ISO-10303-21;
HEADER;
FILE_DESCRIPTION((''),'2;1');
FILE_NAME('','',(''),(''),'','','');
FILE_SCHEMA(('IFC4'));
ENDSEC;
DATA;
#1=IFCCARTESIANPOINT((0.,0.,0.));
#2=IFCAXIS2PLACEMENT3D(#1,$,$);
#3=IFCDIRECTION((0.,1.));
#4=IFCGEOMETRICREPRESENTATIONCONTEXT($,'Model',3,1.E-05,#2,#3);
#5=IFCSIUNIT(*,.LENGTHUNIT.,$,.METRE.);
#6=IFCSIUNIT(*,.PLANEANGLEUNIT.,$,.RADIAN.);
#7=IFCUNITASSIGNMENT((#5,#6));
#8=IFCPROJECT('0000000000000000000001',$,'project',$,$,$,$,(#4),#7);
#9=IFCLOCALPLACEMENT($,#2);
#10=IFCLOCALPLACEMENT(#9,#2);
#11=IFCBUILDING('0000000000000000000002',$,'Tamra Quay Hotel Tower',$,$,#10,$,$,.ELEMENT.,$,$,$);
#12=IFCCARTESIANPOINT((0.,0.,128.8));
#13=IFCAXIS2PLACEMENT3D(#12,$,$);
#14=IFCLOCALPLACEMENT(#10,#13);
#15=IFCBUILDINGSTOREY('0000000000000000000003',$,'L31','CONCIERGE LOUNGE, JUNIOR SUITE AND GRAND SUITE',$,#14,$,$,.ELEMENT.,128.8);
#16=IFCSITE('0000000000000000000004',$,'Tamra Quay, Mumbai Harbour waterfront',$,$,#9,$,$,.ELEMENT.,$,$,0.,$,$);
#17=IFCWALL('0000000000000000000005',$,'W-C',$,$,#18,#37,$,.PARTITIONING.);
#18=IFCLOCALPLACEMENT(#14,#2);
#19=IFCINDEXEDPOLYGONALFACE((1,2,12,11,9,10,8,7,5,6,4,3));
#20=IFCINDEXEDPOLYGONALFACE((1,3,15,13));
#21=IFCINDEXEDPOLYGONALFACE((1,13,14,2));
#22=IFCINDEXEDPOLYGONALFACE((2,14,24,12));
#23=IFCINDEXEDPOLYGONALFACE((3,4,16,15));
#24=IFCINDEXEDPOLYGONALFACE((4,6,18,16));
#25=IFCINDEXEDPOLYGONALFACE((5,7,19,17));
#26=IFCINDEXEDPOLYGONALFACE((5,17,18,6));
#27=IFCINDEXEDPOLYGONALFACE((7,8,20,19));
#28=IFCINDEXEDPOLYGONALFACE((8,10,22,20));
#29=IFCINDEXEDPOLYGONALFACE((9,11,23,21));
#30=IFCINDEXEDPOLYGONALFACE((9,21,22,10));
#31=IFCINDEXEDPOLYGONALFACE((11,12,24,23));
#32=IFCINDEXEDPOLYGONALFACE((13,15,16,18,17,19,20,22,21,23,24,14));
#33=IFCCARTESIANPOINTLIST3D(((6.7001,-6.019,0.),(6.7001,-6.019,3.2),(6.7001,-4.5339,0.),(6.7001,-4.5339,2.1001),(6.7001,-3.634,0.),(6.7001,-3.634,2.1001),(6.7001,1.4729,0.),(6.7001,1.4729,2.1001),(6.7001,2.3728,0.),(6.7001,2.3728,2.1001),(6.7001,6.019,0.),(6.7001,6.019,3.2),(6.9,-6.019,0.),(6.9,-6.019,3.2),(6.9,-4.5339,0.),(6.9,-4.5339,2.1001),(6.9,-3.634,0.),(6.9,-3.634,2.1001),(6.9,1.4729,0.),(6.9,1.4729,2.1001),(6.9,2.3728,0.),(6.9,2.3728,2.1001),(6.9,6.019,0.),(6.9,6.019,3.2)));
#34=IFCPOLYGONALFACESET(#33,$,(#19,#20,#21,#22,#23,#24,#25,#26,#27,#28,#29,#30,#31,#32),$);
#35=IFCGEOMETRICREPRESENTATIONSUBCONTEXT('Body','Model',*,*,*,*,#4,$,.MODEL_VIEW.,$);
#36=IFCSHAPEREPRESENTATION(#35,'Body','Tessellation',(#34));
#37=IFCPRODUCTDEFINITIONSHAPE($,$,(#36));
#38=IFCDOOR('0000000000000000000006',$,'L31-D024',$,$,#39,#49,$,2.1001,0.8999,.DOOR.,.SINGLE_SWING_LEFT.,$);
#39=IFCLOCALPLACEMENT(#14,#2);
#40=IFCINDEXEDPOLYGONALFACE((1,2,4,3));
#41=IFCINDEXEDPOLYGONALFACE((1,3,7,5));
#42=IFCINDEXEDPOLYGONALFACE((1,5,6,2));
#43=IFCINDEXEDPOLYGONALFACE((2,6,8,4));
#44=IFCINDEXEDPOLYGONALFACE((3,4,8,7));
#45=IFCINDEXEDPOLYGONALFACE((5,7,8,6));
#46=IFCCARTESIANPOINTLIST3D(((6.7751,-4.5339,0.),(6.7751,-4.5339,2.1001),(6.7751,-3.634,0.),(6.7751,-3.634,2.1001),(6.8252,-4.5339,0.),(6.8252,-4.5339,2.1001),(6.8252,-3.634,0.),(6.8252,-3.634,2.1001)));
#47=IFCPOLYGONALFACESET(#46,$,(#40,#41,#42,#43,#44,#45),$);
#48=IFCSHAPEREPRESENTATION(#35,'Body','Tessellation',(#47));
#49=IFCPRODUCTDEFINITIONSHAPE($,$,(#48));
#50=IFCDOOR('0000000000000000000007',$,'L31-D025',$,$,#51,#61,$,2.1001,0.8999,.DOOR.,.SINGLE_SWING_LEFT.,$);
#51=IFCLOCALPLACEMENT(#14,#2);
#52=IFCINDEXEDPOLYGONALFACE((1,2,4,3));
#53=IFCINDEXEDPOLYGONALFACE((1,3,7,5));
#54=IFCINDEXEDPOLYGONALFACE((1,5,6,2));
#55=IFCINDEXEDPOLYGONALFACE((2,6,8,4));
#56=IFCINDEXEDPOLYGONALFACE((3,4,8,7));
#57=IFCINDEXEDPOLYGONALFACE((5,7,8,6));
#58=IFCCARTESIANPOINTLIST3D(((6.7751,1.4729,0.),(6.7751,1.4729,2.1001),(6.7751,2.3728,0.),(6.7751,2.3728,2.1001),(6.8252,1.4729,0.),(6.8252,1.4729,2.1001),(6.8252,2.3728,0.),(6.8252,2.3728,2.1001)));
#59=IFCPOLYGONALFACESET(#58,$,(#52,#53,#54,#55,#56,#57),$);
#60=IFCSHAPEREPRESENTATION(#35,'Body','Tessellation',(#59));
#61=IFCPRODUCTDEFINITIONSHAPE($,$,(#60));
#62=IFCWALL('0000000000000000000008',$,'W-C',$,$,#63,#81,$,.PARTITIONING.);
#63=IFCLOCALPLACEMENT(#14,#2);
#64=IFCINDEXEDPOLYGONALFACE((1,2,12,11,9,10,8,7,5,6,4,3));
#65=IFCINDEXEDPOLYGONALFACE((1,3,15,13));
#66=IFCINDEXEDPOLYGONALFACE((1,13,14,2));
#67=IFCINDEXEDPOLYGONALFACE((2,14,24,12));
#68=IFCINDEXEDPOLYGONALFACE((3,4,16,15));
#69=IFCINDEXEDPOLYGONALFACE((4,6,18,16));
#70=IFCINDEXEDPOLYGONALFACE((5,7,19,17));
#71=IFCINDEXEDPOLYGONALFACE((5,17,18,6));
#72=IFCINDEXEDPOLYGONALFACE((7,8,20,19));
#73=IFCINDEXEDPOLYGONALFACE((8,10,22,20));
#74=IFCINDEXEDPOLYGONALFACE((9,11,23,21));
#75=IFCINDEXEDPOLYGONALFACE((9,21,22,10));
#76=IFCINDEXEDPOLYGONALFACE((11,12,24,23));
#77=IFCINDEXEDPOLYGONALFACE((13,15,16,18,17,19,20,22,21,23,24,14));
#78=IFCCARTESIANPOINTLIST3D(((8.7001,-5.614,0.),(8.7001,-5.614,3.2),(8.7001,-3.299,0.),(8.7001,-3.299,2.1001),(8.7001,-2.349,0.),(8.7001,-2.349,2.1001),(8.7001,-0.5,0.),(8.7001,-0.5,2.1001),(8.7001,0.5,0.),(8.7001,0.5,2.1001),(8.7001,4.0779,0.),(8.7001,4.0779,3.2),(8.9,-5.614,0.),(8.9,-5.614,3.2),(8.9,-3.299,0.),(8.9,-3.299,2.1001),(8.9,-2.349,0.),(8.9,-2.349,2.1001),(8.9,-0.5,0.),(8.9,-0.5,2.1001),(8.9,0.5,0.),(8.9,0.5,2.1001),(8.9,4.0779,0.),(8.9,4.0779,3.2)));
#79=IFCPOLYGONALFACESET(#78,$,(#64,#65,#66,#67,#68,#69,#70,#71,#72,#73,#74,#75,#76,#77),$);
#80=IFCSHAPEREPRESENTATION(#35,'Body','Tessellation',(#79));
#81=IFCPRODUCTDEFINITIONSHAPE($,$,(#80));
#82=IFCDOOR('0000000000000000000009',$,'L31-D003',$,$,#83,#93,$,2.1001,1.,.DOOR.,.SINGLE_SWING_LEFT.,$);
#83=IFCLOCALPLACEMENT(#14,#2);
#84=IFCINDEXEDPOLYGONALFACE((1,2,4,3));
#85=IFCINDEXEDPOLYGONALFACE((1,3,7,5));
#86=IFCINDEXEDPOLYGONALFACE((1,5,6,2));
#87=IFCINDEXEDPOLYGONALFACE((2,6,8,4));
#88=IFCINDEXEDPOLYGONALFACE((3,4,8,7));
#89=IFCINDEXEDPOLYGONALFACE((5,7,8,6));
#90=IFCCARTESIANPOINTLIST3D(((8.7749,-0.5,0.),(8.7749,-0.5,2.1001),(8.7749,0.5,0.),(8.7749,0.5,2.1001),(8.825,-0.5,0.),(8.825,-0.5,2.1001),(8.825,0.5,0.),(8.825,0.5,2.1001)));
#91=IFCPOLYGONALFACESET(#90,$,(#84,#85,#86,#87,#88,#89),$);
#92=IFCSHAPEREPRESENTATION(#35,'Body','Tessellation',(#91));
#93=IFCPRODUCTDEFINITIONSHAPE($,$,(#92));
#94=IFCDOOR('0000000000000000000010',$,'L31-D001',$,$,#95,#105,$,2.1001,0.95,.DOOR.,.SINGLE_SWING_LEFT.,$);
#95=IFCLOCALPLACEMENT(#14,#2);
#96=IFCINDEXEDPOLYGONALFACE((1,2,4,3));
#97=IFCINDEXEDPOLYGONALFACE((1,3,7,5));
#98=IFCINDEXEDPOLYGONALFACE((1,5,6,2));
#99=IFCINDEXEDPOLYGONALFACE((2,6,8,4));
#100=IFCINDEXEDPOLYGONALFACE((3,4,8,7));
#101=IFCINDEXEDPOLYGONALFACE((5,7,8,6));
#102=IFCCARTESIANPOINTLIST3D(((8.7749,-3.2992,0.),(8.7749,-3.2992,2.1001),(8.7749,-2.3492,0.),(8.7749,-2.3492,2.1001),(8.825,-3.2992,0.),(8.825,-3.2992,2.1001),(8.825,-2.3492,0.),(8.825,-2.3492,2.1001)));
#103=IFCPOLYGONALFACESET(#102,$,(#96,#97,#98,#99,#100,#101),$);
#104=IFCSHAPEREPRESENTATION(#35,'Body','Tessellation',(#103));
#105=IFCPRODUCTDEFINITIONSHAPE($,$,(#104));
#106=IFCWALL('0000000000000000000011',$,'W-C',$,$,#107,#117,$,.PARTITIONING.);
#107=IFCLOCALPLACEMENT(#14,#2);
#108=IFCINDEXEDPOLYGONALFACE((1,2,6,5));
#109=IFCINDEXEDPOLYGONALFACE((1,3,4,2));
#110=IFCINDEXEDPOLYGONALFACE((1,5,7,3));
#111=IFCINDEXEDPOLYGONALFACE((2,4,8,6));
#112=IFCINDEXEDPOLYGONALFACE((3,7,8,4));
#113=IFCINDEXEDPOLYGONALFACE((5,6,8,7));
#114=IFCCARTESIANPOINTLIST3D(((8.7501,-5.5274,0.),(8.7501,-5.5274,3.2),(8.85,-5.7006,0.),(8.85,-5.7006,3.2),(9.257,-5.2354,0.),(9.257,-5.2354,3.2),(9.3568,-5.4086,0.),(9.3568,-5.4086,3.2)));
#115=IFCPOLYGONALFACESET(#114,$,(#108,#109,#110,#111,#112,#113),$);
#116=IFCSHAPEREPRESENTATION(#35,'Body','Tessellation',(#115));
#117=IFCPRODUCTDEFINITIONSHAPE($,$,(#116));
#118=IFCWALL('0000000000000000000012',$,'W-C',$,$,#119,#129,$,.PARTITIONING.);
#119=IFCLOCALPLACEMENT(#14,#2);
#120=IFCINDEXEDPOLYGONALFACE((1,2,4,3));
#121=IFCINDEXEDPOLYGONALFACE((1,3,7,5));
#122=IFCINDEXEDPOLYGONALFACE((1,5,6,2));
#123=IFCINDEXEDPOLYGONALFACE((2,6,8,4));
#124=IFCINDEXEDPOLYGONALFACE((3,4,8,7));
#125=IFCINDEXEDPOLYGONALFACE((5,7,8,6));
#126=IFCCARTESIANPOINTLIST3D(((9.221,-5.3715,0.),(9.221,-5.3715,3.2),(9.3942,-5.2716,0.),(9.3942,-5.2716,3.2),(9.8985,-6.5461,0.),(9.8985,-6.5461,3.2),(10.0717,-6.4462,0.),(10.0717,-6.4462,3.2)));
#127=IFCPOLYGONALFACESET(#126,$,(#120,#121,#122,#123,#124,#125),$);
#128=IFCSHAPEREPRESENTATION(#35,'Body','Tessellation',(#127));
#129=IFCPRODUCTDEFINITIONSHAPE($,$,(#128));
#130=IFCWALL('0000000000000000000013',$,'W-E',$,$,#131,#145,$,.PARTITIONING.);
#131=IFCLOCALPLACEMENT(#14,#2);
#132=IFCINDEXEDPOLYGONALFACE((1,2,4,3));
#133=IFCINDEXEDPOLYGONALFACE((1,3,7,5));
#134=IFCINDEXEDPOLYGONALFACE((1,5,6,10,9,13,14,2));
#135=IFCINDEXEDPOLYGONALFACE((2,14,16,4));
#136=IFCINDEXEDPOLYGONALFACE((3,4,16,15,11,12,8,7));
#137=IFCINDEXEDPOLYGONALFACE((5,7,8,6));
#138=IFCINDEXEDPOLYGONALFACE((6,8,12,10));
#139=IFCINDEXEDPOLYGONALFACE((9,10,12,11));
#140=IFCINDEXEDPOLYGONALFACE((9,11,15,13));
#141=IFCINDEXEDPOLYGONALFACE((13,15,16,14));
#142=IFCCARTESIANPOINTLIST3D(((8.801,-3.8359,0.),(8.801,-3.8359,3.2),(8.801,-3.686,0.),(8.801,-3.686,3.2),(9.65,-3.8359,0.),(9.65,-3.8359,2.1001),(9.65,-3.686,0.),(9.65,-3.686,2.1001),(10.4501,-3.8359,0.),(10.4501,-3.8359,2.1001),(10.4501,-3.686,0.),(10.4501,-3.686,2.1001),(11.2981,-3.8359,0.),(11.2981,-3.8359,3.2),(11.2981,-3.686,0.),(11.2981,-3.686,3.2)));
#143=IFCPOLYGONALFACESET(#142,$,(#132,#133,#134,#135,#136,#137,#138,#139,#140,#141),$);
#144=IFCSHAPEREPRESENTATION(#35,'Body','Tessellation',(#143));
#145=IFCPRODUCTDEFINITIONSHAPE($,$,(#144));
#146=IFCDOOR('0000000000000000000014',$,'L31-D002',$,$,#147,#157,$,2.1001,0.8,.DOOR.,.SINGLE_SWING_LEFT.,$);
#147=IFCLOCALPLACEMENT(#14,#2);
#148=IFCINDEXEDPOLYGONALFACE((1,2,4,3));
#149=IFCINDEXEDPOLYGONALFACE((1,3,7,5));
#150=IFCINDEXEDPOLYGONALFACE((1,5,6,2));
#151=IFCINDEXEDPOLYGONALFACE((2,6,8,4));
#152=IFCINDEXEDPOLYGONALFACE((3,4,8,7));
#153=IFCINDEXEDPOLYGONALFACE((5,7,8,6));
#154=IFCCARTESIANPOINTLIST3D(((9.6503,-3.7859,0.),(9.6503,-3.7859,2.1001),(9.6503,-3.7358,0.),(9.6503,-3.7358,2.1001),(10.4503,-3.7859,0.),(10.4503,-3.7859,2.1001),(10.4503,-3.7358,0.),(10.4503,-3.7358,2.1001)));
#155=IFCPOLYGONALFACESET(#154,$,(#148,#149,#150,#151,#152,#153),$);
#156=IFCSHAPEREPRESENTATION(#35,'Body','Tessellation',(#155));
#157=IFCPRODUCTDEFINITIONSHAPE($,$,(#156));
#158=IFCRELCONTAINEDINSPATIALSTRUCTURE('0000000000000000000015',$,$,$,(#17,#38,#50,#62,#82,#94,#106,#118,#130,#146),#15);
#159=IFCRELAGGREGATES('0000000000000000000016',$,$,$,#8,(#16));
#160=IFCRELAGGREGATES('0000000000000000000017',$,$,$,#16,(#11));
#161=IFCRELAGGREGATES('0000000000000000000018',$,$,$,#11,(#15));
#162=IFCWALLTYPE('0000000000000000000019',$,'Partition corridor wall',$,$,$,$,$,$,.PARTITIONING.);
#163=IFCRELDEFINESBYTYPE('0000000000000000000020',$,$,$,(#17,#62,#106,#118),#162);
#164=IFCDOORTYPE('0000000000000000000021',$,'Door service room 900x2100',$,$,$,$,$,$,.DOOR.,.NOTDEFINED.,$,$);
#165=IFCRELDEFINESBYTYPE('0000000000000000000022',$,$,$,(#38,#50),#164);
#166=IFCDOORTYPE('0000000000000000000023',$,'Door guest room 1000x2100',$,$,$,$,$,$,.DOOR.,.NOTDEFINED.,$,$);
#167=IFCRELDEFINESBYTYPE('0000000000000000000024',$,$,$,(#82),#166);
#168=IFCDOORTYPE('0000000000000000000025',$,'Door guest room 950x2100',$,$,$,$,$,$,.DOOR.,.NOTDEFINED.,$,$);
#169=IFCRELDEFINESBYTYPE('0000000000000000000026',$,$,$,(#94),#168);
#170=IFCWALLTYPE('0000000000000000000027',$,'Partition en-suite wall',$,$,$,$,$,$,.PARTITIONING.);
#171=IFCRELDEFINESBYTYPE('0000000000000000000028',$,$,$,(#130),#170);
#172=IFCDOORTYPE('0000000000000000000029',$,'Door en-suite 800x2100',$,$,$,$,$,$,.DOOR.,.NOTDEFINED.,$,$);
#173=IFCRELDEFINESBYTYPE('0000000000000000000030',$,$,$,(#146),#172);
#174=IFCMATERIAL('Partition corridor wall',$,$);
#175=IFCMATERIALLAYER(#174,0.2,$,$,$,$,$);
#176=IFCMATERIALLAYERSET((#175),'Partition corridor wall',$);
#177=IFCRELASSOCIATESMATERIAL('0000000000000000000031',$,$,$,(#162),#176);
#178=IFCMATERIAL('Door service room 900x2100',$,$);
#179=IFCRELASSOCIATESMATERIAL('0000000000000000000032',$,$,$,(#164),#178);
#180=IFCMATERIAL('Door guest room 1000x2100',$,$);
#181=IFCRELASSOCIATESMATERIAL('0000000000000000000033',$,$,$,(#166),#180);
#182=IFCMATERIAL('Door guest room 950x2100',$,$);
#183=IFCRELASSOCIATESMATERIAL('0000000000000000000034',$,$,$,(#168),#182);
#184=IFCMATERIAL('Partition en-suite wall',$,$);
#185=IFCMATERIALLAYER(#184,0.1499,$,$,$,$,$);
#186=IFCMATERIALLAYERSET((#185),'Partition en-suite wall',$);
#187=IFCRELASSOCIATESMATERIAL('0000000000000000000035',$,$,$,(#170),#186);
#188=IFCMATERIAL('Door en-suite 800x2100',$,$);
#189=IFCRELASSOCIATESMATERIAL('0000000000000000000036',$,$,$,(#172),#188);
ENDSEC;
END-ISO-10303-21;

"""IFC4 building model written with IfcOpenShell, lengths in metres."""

from ifc_helpers import new_model, si_unit, direction, frame, frame_2d, origin, place, context, subcontext, project, spatial, rectangle, extrude, material, layer, layer_set, type_object, element, fill, save


model = new_model("IFC4")

# Units and contexts
model_context = context("Model", 3, precision=1e-05, world=origin(), true_north=direction((0.0, 1.0)))
body_context = subcontext(model_context, "Body", "Model", "MODEL_VIEW")
ifc_project = project(units=[si_unit("LENGTHUNIT", "METRE"), si_unit("PLANEANGLEUNIT", "RADIAN")], contexts=[model_context])

# Site, building, storey
site_placement = place(None, origin())
site = spatial("IfcSite", under=ifc_project, at=site_placement, Name="Tamra Quay, Mumbai Harbour waterfront", CompositionType="ELEMENT", RefElevation=0.0)
building_placement = place(site_placement, origin())
building = spatial("IfcBuilding", under=site, at=building_placement, Name="Tamra Quay Hotel Tower", CompositionType="ELEMENT")
storey_placement = place(building_placement, frame((0.0, 0.0, 128.8)))
storey = spatial("IfcBuildingStorey", under=building, at=storey_placement, Name="L31", Description="CONCIERGE LOUNGE, JUNIOR SUITE AND GRAND SUITE", CompositionType="ELEMENT", Elevation=128.8)

# Shared definitions
ifc_material_1 = material(Name="Partition corridor wall")
ifc_layer_1 = layer(ifc_material_1, 0.2)
ifc_layer_set_1 = layer_set([ifc_layer_1], Name="Partition corridor wall")
wall_type_1 = type_object("IfcWallType", Name="Partition corridor wall", PredefinedType="PARTITIONING", material=ifc_layer_set_1)

# Walls, openings, doors
wall_1_placement = place(storey_placement, frame((6.8, -6.019, 0.0), z_axis=(0.0, 0.0, 1.0), x_axis=(0.0, 1.0, 0.0)))
wall_1 = element("IfcWall", 1, at=wall_1_placement, inside=storey, type_object=wall_type_1, Name="W-C", PredefinedType="PARTITIONING", context=body_context, shape_type="SweptSolid", body=[
    extrude(rectangle(XDim=12.0381, YDim=0.2, at=frame_2d((6.019, 0.0))), origin(), (0.0, 0.0, 1.0), 3.2),
])
opening_1_placement = place(wall_1_placement, frame((1.4851, 0.0, 0.0)))
opening_1 = element("IfcOpeningElement", 2, at=opening_1_placement, cuts=wall_1, PredefinedType="OPENING", context=body_context, shape_type="SweptSolid", body=[
    extrude(rectangle(XDim=0.8999, YDim=2.1001, at=frame_2d((0.45, 1.05))), frame((0.0, 0.1099, 0.0), z_axis=(0.0, -1.0, 0.0), x_axis=(1.0, 0.0, 0.0)), (0.0, 0.0, 1.0), 0.22),
])
opening_2_placement = place(wall_1_placement, frame((7.4919, 0.0, 0.0)))
opening_2 = element("IfcOpeningElement", 3, at=opening_2_placement, cuts=wall_1, PredefinedType="OPENING", context=body_context, shape_type="SweptSolid", body=[
    extrude(rectangle(XDim=0.8999, YDim=2.1001, at=frame_2d((0.45, 1.05))), frame((0.0, 0.1099, 0.0), z_axis=(0.0, -1.0, 0.0), x_axis=(1.0, 0.0, 0.0)), (0.0, 0.0, 1.0), 0.22),
])
ifc_material_2 = material(Name="Door service room 900x2100")
door_type_1 = type_object("IfcDoorType", Name="Door service room 900x2100", OperationType="NOTDEFINED", PredefinedType="DOOR", material=ifc_material_2)
door_1_placement = place(opening_1_placement, origin())
door_1 = element("IfcDoor", 4, at=door_1_placement, inside=storey, type_object=door_type_1, Name="L31-D024", OperationType="SINGLE_SWING_LEFT", OverallHeight=2.1001, OverallWidth=0.8999, PredefinedType="DOOR", context=body_context, shape_type="SweptSolid", body=[
    extrude(rectangle(XDim=0.8999, YDim=2.1001, at=frame_2d((0.45, 1.05))), frame((0.0, 0.0249, 0.0), z_axis=(0.0, -1.0, 0.0), x_axis=(1.0, 0.0, 0.0)), (0.0, 0.0, 1.0), 0.05),
])
fill(opening_1, door_1)
door_2_placement = place(opening_2_placement, origin())
door_2 = element("IfcDoor", 5, at=door_2_placement, inside=storey, type_object=door_type_1, Name="L31-D025", OperationType="SINGLE_SWING_LEFT", OverallHeight=2.1001, OverallWidth=0.8999, PredefinedType="DOOR", context=body_context, shape_type="SweptSolid", body=[
    extrude(rectangle(XDim=0.8999, YDim=2.1001, at=frame_2d((0.45, 1.05))), frame((0.0, 0.0249, 0.0), z_axis=(0.0, -1.0, 0.0), x_axis=(1.0, 0.0, 0.0)), (0.0, 0.0, 1.0), 0.05),
])
fill(opening_2, door_2)
wall_2_placement = place(storey_placement, frame((8.8, -5.614, 0.0), z_axis=(0.0, 0.0, 1.0), x_axis=(0.0, 1.0, 0.0)))
wall_2 = element("IfcWall", 6, at=wall_2_placement, inside=storey, type_object=wall_type_1, Name="W-C", PredefinedType="PARTITIONING", context=body_context, shape_type="SweptSolid", body=[
    extrude(rectangle(XDim=9.6919, YDim=0.2, at=frame_2d((4.8459, 0.0))), origin(), (0.0, 0.0, 1.0), 3.2),
])
opening_3_placement = place(wall_2_placement, frame((2.3149, 0.0, 0.0)))
opening_3 = element("IfcOpeningElement", 7, at=opening_3_placement, cuts=wall_2, PredefinedType="OPENING", context=body_context, shape_type="SweptSolid", body=[
    extrude(rectangle(XDim=0.95, YDim=2.1001, at=frame_2d((0.4751, 1.05))), frame((0.0, 0.1099, 0.0), z_axis=(0.0, -1.0, 0.0), x_axis=(1.0, 0.0, 0.0)), (0.0, 0.0, 1.0), 0.22),
])
opening_4_placement = place(wall_2_placement, frame((5.114, 0.0, 0.0)))
opening_4 = element("IfcOpeningElement", 8, at=opening_4_placement, cuts=wall_2, PredefinedType="OPENING", context=body_context, shape_type="SweptSolid", body=[
    extrude(rectangle(XDim=1.0, YDim=2.1001, at=frame_2d((0.5, 1.05))), frame((0.0, 0.1099, 0.0), z_axis=(0.0, -1.0, 0.0), x_axis=(1.0, 0.0, 0.0)), (0.0, 0.0, 1.0), 0.22),
])
ifc_material_3 = material(Name="Door guest room 1000x2100")
door_type_2 = type_object("IfcDoorType", Name="Door guest room 1000x2100", OperationType="NOTDEFINED", PredefinedType="DOOR", material=ifc_material_3)
door_3_placement = place(opening_4_placement, frame((1.0, 0.0, 0.0), z_axis=(0.0, 0.0, 1.0), x_axis=(-1.0, 0.0, 0.0)))
door_3 = element("IfcDoor", 9, at=door_3_placement, inside=storey, type_object=door_type_2, Name="L31-D003", OperationType="SINGLE_SWING_LEFT", OverallHeight=2.1001, OverallWidth=1.0, PredefinedType="DOOR", context=body_context, shape_type="SweptSolid", body=[
    extrude(rectangle(XDim=1.0, YDim=2.1001, at=frame_2d((0.5, 1.05))), frame((0.0, 0.0249, 0.0), z_axis=(0.0, -1.0, 0.0), x_axis=(1.0, 0.0, 0.0)), (0.0, 0.0, 1.0), 0.05),
])
fill(opening_4, door_3)
ifc_material_4 = material(Name="Door guest room 950x2100")
door_type_3 = type_object("IfcDoorType", Name="Door guest room 950x2100", OperationType="NOTDEFINED", PredefinedType="DOOR", material=ifc_material_4)
door_4_placement = place(opening_3_placement, frame((0.95, 0.0, 0.0), z_axis=(0.0, 0.0, 1.0), x_axis=(-1.0, 0.0, 0.0)))
door_4 = element("IfcDoor", 10, at=door_4_placement, inside=storey, type_object=door_type_3, Name="L31-D001", OperationType="SINGLE_SWING_LEFT", OverallHeight=2.1001, OverallWidth=0.95, PredefinedType="DOOR", context=body_context, shape_type="SweptSolid", body=[
    extrude(rectangle(XDim=0.95, YDim=2.1001, at=frame_2d((0.4751, 1.05))), frame((0.0, 0.0249, 0.0), z_axis=(0.0, -1.0, 0.0), x_axis=(1.0, 0.0, 0.0)), (0.0, 0.0, 1.0), 0.05),
])
fill(opening_3, door_4)

# Walls
wall_3_placement = place(storey_placement, frame((8.8, -5.614, 0.0), z_axis=(0.0, 0.0, 1.0), x_axis=(0.866491, 0.499192, 0.0)))
element("IfcWall", 11, at=wall_3_placement, inside=storey, type_object=wall_type_1, Name="W-C", PredefinedType="PARTITIONING", context=body_context, shape_type="SweptSolid", body=[
    extrude(rectangle(XDim=0.585, YDim=0.2, at=frame_2d((0.2925, 0.0))), origin(), (0.0, 0.0, 1.0), 3.2),
])
wall_4_placement = place(storey_placement, frame((9.3076, -5.3215, 0.0), z_axis=(0.0, 0.0, 1.0), x_axis=(0.499645, -0.866231, 0.0)))
element("IfcWall", 12, at=wall_4_placement, inside=storey, type_object=wall_type_1, Name="W-C", PredefinedType="PARTITIONING", context=body_context, shape_type="SweptSolid", body=[
    extrude(rectangle(XDim=1.356, YDim=0.2, at=frame_2d((0.678, 0.0))), origin(), (0.0, 0.0, 1.0), 3.2),
])

# Wall, opening, door
ifc_material_5 = material(Name="Partition en-suite wall")
ifc_layer_2 = layer(ifc_material_5, 0.1499)
ifc_layer_set_2 = layer_set([ifc_layer_2], Name="Partition en-suite wall")
wall_type_2 = type_object("IfcWallType", Name="Partition en-suite wall", PredefinedType="PARTITIONING", material=ifc_layer_set_2)
wall_5_placement = place(storey_placement, frame((8.801, -3.761, 0.0), z_axis=(0.0, 0.0, 1.0), x_axis=(1.0, 0.0, 0.0)))
wall_5 = element("IfcWall", 13, at=wall_5_placement, inside=storey, type_object=wall_type_2, Name="W-E", PredefinedType="PARTITIONING", context=body_context, shape_type="SweptSolid", body=[
    extrude(rectangle(XDim=2.4971, YDim=0.1499, at=frame_2d((1.2485, 0.0))), origin(), (0.0, 0.0, 1.0), 3.2),
])
opening_5_placement = place(wall_5_placement, frame((0.8491, 0.0, 0.0)))
opening_5 = element("IfcOpeningElement", 14, at=opening_5_placement, cuts=wall_5, PredefinedType="OPENING", context=body_context, shape_type="SweptSolid", body=[
    extrude(rectangle(XDim=0.8, YDim=2.1001, at=frame_2d((0.3999, 1.05))), frame((0.0, 0.085, 0.0), z_axis=(0.0, -1.0, 0.0), x_axis=(1.0, 0.0, 0.0)), (0.0, 0.0, 1.0), 0.1699),
])
ifc_material_6 = material(Name="Door en-suite 800x2100")
door_type_4 = type_object("IfcDoorType", Name="Door en-suite 800x2100", OperationType="NOTDEFINED", PredefinedType="DOOR", material=ifc_material_6)
door_5_placement = place(opening_5_placement, frame((0.8, 0.0, 0.0), z_axis=(0.0, 0.0, 1.0), x_axis=(-1.0, 0.0, 0.0)))
door_5 = element("IfcDoor", 15, at=door_5_placement, inside=storey, type_object=door_type_4, Name="L31-D002", OperationType="SINGLE_SWING_LEFT", OverallHeight=2.1001, OverallWidth=0.8, PredefinedType="DOOR", context=body_context, shape_type="SweptSolid", body=[
    extrude(rectangle(XDim=0.8, YDim=2.1001, at=frame_2d((0.3999, 1.05))), frame((0.0, 0.0249, 0.0), z_axis=(0.0, -1.0, 0.0), x_axis=(1.0, 0.0, 0.0)), (0.0, 0.0, 1.0), 0.05),
])
fill(opening_5, door_5)

save(model, "model.ifc")
